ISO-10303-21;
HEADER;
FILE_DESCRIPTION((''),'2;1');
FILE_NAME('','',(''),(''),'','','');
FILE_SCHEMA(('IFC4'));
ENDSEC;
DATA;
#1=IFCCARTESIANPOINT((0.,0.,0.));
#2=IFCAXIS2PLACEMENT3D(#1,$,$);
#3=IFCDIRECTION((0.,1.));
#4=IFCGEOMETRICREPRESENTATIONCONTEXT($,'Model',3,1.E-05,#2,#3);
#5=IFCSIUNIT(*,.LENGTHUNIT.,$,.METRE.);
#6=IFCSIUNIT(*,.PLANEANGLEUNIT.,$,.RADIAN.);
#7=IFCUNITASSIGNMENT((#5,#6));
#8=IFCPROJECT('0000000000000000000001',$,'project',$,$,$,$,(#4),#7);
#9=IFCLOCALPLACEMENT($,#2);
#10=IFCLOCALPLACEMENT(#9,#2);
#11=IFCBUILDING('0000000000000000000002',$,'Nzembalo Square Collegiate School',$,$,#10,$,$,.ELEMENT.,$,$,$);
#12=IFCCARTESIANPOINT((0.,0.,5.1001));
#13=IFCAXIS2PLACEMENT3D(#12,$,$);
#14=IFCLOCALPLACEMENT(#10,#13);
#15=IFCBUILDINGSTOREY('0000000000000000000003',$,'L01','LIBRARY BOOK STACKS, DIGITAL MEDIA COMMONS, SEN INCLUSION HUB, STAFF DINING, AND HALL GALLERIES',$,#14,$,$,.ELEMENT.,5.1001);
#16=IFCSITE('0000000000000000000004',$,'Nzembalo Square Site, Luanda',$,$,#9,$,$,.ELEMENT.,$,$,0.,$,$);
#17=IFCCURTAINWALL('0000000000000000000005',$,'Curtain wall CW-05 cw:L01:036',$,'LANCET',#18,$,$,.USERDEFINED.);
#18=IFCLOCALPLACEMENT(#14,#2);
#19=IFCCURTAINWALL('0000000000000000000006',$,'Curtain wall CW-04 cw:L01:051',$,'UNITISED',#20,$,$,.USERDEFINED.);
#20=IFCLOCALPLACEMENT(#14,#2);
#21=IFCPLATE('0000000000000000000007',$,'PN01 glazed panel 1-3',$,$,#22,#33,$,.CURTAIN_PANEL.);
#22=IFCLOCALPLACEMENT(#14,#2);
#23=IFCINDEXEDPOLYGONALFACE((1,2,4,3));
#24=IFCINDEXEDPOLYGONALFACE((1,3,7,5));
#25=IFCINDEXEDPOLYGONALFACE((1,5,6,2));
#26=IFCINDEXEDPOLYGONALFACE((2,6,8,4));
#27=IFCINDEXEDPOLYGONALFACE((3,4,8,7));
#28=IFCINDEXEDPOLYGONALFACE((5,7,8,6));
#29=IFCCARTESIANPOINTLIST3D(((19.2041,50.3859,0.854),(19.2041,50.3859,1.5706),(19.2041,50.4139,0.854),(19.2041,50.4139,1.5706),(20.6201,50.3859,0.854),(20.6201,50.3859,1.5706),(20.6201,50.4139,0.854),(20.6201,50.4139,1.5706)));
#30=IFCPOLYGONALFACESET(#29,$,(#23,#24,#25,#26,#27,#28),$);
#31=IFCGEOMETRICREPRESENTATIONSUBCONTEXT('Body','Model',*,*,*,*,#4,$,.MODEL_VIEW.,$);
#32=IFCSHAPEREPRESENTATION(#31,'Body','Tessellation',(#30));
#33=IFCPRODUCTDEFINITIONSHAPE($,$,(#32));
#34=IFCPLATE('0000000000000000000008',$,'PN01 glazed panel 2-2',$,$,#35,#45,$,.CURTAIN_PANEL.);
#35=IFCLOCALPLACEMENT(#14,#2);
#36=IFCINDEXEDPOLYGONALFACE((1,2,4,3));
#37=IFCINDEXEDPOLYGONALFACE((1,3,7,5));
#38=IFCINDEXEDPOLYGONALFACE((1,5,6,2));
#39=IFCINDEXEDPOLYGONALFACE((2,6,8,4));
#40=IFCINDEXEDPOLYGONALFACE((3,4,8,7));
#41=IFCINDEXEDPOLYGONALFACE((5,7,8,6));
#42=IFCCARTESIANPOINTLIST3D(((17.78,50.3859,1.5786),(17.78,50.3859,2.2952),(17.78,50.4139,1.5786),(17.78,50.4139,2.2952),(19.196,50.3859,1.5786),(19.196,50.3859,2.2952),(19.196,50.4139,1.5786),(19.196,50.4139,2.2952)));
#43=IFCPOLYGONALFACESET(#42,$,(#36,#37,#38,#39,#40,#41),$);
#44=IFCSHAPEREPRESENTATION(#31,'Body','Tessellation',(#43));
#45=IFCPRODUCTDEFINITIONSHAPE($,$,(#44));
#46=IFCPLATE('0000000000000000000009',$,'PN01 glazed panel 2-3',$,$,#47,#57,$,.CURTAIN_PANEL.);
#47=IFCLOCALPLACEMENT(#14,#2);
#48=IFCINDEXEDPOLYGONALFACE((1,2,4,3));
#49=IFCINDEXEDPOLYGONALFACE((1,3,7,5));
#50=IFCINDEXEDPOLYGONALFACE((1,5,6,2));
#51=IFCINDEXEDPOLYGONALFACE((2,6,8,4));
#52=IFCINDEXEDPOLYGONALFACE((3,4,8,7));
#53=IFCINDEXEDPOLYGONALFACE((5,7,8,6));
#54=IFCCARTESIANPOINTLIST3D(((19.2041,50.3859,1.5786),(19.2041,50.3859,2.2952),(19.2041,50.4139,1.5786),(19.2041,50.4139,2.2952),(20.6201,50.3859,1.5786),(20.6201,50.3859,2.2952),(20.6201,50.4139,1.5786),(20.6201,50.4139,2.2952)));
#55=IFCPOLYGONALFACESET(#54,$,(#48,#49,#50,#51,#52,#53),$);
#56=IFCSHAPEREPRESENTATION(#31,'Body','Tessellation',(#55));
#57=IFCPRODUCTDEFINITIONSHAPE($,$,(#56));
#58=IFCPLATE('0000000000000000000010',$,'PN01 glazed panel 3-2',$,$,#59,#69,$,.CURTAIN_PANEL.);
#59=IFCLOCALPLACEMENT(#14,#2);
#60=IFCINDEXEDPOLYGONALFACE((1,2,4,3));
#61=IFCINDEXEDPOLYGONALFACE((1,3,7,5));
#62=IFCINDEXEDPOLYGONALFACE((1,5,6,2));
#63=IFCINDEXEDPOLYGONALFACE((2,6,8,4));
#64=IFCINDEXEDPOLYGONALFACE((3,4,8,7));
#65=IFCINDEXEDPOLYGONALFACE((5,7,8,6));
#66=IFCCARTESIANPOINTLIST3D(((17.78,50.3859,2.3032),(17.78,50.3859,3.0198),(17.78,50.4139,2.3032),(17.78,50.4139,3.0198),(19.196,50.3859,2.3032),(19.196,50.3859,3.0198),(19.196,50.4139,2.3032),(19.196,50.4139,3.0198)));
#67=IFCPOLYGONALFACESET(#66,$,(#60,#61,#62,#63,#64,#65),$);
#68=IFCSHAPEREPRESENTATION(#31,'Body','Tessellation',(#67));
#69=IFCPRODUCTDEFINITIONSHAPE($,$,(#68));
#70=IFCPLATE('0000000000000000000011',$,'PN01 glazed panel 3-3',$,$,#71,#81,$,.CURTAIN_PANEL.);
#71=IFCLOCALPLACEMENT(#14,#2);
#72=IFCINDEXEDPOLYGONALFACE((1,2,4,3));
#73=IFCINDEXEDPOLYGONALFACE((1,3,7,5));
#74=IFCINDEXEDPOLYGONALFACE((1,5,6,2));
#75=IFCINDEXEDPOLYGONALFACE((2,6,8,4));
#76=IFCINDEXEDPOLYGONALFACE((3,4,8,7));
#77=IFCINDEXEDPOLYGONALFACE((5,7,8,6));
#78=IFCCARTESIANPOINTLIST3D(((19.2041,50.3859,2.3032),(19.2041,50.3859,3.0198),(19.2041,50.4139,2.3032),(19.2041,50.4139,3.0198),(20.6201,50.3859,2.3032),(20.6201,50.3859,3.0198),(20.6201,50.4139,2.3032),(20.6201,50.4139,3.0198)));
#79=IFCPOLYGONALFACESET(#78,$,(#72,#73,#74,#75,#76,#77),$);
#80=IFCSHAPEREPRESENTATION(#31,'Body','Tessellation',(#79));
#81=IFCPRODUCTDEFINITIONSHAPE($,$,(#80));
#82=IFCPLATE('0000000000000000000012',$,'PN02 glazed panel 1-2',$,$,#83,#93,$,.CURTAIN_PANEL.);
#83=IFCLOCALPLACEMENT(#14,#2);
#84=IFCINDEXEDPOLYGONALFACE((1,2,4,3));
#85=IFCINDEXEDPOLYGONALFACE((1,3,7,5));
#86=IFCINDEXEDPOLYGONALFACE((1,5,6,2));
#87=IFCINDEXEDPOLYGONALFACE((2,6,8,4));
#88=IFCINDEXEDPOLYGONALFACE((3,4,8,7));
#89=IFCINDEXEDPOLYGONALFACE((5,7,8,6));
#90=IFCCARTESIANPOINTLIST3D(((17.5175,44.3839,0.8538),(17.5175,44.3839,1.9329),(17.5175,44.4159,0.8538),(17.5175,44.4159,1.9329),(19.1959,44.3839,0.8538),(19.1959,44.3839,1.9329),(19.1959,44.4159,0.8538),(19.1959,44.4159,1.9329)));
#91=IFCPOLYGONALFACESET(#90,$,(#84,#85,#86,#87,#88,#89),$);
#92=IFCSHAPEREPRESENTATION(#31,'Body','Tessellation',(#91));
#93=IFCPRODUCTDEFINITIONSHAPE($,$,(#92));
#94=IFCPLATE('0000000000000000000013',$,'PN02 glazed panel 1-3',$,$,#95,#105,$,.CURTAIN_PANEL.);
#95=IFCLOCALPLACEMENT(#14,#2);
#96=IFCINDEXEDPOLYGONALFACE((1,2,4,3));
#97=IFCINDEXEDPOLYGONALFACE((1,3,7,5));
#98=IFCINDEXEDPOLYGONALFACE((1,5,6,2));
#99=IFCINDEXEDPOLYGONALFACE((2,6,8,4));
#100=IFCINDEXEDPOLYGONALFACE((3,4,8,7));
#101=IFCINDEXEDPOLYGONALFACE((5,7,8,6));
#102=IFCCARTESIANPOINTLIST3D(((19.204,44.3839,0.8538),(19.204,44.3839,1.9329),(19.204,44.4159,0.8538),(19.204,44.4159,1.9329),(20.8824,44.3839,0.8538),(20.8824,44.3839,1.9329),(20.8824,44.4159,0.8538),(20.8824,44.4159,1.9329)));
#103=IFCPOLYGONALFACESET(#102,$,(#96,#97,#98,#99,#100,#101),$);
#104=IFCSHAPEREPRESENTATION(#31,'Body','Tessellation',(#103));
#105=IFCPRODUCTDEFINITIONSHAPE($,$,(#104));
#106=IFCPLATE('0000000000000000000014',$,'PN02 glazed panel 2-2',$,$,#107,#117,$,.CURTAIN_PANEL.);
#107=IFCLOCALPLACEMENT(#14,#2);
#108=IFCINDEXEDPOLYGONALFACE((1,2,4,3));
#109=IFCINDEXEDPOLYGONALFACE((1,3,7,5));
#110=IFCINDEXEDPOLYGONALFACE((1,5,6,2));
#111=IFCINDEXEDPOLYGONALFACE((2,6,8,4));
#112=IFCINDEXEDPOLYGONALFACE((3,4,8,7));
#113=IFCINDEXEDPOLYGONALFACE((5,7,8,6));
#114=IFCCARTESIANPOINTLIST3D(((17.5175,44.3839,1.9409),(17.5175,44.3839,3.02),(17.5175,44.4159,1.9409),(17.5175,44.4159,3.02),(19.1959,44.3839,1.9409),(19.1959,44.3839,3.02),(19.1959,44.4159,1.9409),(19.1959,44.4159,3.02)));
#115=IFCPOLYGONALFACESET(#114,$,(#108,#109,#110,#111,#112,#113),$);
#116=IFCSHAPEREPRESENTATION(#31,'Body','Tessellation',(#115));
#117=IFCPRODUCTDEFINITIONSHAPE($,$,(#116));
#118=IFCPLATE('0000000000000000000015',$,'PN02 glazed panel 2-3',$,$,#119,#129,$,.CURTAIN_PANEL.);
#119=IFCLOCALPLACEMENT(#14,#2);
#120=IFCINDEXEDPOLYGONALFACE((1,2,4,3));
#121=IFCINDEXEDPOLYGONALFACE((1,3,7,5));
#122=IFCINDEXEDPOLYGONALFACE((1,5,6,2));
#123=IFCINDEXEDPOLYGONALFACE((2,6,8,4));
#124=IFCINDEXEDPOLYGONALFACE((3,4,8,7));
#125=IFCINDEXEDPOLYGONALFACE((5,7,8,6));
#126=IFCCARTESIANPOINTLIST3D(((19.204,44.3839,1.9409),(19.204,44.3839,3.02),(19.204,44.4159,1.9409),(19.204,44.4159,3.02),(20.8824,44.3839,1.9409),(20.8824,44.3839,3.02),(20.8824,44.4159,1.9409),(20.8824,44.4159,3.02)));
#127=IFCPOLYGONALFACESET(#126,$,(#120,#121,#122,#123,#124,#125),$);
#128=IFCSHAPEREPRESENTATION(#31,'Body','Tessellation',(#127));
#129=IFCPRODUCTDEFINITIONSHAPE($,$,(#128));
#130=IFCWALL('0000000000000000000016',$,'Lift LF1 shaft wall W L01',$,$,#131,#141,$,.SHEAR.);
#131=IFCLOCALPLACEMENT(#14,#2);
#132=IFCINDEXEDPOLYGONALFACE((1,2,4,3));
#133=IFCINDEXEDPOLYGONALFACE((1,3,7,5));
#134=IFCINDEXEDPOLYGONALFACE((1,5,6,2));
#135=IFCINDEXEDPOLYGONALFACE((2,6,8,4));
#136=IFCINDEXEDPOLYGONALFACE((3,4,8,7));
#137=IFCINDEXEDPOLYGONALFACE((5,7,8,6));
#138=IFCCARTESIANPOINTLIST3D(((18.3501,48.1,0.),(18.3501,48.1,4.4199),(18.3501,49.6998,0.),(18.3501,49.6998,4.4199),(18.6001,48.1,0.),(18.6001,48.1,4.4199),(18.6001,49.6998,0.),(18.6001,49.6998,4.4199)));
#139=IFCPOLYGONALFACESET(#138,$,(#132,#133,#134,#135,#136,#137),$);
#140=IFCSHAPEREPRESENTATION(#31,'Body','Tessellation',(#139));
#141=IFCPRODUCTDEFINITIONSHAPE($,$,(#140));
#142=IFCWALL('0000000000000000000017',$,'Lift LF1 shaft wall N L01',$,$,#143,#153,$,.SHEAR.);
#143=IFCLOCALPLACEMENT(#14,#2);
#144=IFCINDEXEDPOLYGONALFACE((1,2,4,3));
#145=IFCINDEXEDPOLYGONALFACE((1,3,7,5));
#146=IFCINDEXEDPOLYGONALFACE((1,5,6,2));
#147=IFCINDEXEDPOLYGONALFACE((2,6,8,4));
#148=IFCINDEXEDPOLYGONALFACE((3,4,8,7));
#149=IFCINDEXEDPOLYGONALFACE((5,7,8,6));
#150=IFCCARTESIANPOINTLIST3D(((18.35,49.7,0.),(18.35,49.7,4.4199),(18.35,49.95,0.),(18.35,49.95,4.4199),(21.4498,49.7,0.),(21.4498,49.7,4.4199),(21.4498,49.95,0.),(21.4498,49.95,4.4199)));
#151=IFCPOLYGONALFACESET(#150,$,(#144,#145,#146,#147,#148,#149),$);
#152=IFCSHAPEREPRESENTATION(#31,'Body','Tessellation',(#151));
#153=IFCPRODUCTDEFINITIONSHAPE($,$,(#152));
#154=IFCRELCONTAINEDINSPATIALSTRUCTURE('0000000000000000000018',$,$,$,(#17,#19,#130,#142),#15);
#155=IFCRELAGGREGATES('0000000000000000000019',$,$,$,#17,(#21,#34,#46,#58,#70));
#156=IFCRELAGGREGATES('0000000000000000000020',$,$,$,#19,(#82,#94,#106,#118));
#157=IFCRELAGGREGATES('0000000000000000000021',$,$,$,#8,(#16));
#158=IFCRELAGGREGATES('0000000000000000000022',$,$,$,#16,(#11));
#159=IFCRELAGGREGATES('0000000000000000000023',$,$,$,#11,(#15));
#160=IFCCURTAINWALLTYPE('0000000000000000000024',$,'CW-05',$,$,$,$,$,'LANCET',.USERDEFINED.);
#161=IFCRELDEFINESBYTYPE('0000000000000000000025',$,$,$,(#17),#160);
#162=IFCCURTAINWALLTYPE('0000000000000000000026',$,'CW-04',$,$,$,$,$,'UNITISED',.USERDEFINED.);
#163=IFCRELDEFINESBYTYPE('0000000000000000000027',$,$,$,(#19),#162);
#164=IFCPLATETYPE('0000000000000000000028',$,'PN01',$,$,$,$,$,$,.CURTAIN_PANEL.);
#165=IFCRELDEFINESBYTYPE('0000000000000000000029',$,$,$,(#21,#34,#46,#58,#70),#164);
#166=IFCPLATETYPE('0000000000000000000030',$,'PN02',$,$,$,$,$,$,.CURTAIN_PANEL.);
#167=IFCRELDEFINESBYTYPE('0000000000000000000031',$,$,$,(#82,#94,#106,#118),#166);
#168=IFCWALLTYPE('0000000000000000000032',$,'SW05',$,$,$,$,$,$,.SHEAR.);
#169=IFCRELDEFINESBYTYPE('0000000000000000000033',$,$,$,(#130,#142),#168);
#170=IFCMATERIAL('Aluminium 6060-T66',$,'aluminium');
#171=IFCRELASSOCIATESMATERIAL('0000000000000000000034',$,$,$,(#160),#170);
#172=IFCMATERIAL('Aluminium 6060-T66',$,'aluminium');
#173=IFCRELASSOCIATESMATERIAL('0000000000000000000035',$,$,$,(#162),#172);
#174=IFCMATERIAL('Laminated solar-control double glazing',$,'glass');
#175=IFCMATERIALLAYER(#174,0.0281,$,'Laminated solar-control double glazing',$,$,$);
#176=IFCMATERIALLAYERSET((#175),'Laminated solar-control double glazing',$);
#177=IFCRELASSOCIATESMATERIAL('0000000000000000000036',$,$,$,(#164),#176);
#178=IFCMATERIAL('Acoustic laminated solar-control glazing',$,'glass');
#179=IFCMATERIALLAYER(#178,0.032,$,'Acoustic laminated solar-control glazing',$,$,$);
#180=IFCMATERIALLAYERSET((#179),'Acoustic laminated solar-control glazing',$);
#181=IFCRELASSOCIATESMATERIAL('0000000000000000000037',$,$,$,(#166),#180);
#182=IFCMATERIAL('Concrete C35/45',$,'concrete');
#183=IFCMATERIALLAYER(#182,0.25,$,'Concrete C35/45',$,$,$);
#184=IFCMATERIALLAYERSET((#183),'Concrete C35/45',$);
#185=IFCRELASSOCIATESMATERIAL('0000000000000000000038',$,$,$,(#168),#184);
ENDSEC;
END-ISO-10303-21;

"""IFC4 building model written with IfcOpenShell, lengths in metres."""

from ifc_helpers import new_model, si_unit, direction, frame, frame_2d, origin, origin_2d, place, context, subcontext, project, spatial, rectangle, extrude, material, layer, layer_set, type_object, element, aggregate, save


model = new_model("IFC4")

# Units and contexts
model_context = context("Model", 3, precision=1e-05, world=origin(), true_north=direction((0.0, 1.0)))
body_context = subcontext(model_context, "Body", "Model", "MODEL_VIEW")
ifc_project = project(units=[si_unit("LENGTHUNIT", "METRE"), si_unit("PLANEANGLEUNIT", "RADIAN")], contexts=[model_context])

# Site, building, storey
site_placement = place(None, origin())
site = spatial("IfcSite", under=ifc_project, at=site_placement, Name="Nzembalo Square Site, Luanda", CompositionType="ELEMENT", RefElevation=0.0)
building_placement = place(site_placement, origin())
building = spatial("IfcBuilding", under=site, at=building_placement, Name="Nzembalo Square Collegiate School", CompositionType="ELEMENT")
storey_placement = place(building_placement, frame((0.0, 0.0, 5.1001)))
storey = spatial("IfcBuildingStorey", under=building, at=storey_placement, Name="L01", Description="LIBRARY BOOK STACKS, DIGITAL MEDIA COMMONS, SEN INCLUSION HUB, STAFF DINING, AND HALL GALLERIES", CompositionType="ELEMENT", Elevation=5.1001)

# Curtain wall
ifc_material_1 = material(Name="Aluminium 6060-T66", Category="aluminium")
curtain_wall_type_1 = type_object("IfcCurtainWallType", Name="CW-05", ElementType="LANCET", PredefinedType="USERDEFINED", material=ifc_material_1)
curtain_wall_1_placement = place(storey_placement, origin())
curtain_wall_1 = element("IfcCurtainWall", 1, at=curtain_wall_1_placement, inside=storey, type_object=curtain_wall_type_1, Name="Curtain wall CW-05 cw:L01:036", ObjectType="LANCET", PredefinedType="USERDEFINED")

# Curtain wall
ifc_material_2 = material(Name="Aluminium 6060-T66", Category="aluminium")
curtain_wall_type_2 = type_object("IfcCurtainWallType", Name="CW-04", ElementType="UNITISED", PredefinedType="USERDEFINED", material=ifc_material_2)
curtain_wall_2_placement = place(storey_placement, origin())
curtain_wall_2 = element("IfcCurtainWall", 2, at=curtain_wall_2_placement, inside=storey, type_object=curtain_wall_type_2, Name="Curtain wall CW-04 cw:L01:051", ObjectType="UNITISED", PredefinedType="USERDEFINED")

# Plates
ifc_material_3 = material(Name="Laminated solar-control double glazing", Category="glass")
ifc_layer_1 = layer(ifc_material_3, 0.0281, Name="Laminated solar-control double glazing")
ifc_layer_set_1 = layer_set([ifc_layer_1], Name="Laminated solar-control double glazing")
plate_type_1 = type_object("IfcPlateType", Name="PN01", PredefinedType="CURTAIN_PANEL", material=ifc_layer_set_1)
plate_1_placement = place(storey_placement, frame((19.9121, 50.3999, 0.854), z_axis=(0.0, 0.0, 1.0), x_axis=(1.0, 0.0, 0.0)))
plate_1 = element("IfcPlate", 3, at=plate_1_placement, type_object=plate_type_1, Name="PN01 glazed panel 1-3", PredefinedType="CURTAIN_PANEL", context=body_context, shape_type="SweptSolid", body=[
    extrude(rectangle(XDim=1.416, YDim=0.0281, at=origin_2d()), origin(), (0.0, 0.0, 1.0), 0.7166),
])
plate_2_placement = place(storey_placement, frame((18.488, 50.3999, 1.5786), z_axis=(0.0, 0.0, 1.0), x_axis=(1.0, 0.0, 0.0)))
plate_2 = element("IfcPlate", 4, at=plate_2_placement, type_object=plate_type_1, Name="PN01 glazed panel 2-2", PredefinedType="CURTAIN_PANEL", context=body_context, shape_type="SweptSolid", body=[
    extrude(rectangle(XDim=1.416, YDim=0.0281, at=origin_2d()), origin(), (0.0, 0.0, 1.0), 0.7166),
])
plate_3_placement = place(storey_placement, frame((19.9121, 50.3999, 1.5786), z_axis=(0.0, 0.0, 1.0), x_axis=(1.0, 0.0, 0.0)))
plate_3 = element("IfcPlate", 5, at=plate_3_placement, type_object=plate_type_1, Name="PN01 glazed panel 2-3", PredefinedType="CURTAIN_PANEL", context=body_context, shape_type="SweptSolid", body=[
    extrude(rectangle(XDim=1.416, YDim=0.0281, at=origin_2d()), origin(), (0.0, 0.0, 1.0), 0.7166),
])
plate_4_placement = place(storey_placement, frame((18.488, 50.3999, 2.3032), z_axis=(0.0, 0.0, 1.0), x_axis=(1.0, 0.0, 0.0)))
plate_4 = element("IfcPlate", 6, at=plate_4_placement, type_object=plate_type_1, Name="PN01 glazed panel 3-2", PredefinedType="CURTAIN_PANEL", context=body_context, shape_type="SweptSolid", body=[
    extrude(rectangle(XDim=1.416, YDim=0.0281, at=origin_2d()), origin(), (0.0, 0.0, 1.0), 0.7166),
])
plate_5_placement = place(storey_placement, frame((19.9121, 50.3999, 2.3032), z_axis=(0.0, 0.0, 1.0), x_axis=(1.0, 0.0, 0.0)))
plate_5 = element("IfcPlate", 7, at=plate_5_placement, type_object=plate_type_1, Name="PN01 glazed panel 3-3", PredefinedType="CURTAIN_PANEL", context=body_context, shape_type="SweptSolid", body=[
    extrude(rectangle(XDim=1.416, YDim=0.0281, at=origin_2d()), origin(), (0.0, 0.0, 1.0), 0.7166),
])
aggregate(curtain_wall_1, [plate_1, plate_2, plate_3, plate_4, plate_5])
ifc_material_4 = material(Name="Acoustic laminated solar-control glazing", Category="glass")
ifc_layer_2 = layer(ifc_material_4, 0.032, Name="Acoustic laminated solar-control glazing")
ifc_layer_set_2 = layer_set([ifc_layer_2], Name="Acoustic laminated solar-control glazing")
plate_type_2 = type_object("IfcPlateType", Name="PN02", PredefinedType="CURTAIN_PANEL", material=ifc_layer_set_2)
plate_6_placement = place(storey_placement, frame((18.3567, 44.3999, 0.8538), z_axis=(0.0, 0.0, 1.0), x_axis=(1.0, 0.0, 0.0)))
plate_6 = element("IfcPlate", 8, at=plate_6_placement, type_object=plate_type_2, Name="PN02 glazed panel 1-2", PredefinedType="CURTAIN_PANEL", context=body_context, shape_type="SweptSolid", body=[
    extrude(rectangle(XDim=1.6785, YDim=0.032, at=origin_2d()), origin(), (0.0, 0.0, 1.0), 1.0791),
])
plate_7_placement = place(storey_placement, frame((20.0432, 44.3999, 0.8538), z_axis=(0.0, 0.0, 1.0), x_axis=(1.0, 0.0, 0.0)))
plate_7 = element("IfcPlate", 9, at=plate_7_placement, type_object=plate_type_2, Name="PN02 glazed panel 1-3", PredefinedType="CURTAIN_PANEL", context=body_context, shape_type="SweptSolid", body=[
    extrude(rectangle(XDim=1.6785, YDim=0.032, at=origin_2d()), origin(), (0.0, 0.0, 1.0), 1.0791),
])
plate_8_placement = place(storey_placement, frame((18.3567, 44.3999, 1.9409), z_axis=(0.0, 0.0, 1.0), x_axis=(1.0, 0.0, 0.0)))
plate_8 = element("IfcPlate", 10, at=plate_8_placement, type_object=plate_type_2, Name="PN02 glazed panel 2-2", PredefinedType="CURTAIN_PANEL", context=body_context, shape_type="SweptSolid", body=[
    extrude(rectangle(XDim=1.6785, YDim=0.032, at=origin_2d()), origin(), (0.0, 0.0, 1.0), 1.0791),
])
plate_9_placement = place(storey_placement, frame((20.0432, 44.3999, 1.9409), z_axis=(0.0, 0.0, 1.0), x_axis=(1.0, 0.0, 0.0)))
plate_9 = element("IfcPlate", 11, at=plate_9_placement, type_object=plate_type_2, Name="PN02 glazed panel 2-3", PredefinedType="CURTAIN_PANEL", context=body_context, shape_type="SweptSolid", body=[
    extrude(rectangle(XDim=1.6785, YDim=0.032, at=origin_2d()), origin(), (0.0, 0.0, 1.0), 1.0791),
])
aggregate(curtain_wall_2, [plate_6, plate_7, plate_8, plate_9])

# Walls
ifc_material_5 = material(Name="Concrete C35/45", Category="concrete")
ifc_layer_3 = layer(ifc_material_5, 0.25, Name="Concrete C35/45")
ifc_layer_set_3 = layer_set([ifc_layer_3], Name="Concrete C35/45")
wall_type = type_object("IfcWallType", Name="SW05", PredefinedType="SHEAR", material=ifc_layer_set_3)
wall_1_placement = place(storey_placement, frame((18.4751, 48.1001, 0.0), z_axis=(0.0, 0.0, 1.0), x_axis=(0.0, 1.0, 0.0)))
element("IfcWall", 12, at=wall_1_placement, inside=storey, type_object=wall_type, Name="Lift LF1 shaft wall W L01", PredefinedType="SHEAR", context=body_context, shape_type="SweptSolid", body=[
    extrude(rectangle(XDim=1.5999, YDim=0.25, at=frame_2d((0.7998, 0.0))), origin(), (0.0, 0.0, 1.0), 4.4199),
])
wall_2_placement = place(storey_placement, frame((18.3501, 49.825, 0.0), z_axis=(0.0, 0.0, 1.0), x_axis=(1.0, 0.0, 0.0)))
element("IfcWall", 13, at=wall_2_placement, inside=storey, type_object=wall_type, Name="Lift LF1 shaft wall N L01", PredefinedType="SHEAR", context=body_context, shape_type="SweptSolid", body=[
    extrude(rectangle(XDim=3.0999, YDim=0.25, at=frame_2d((1.5498, 0.0))), origin(), (0.0, 0.0, 1.0), 4.4199),
])

save(model, "model.ifc")
